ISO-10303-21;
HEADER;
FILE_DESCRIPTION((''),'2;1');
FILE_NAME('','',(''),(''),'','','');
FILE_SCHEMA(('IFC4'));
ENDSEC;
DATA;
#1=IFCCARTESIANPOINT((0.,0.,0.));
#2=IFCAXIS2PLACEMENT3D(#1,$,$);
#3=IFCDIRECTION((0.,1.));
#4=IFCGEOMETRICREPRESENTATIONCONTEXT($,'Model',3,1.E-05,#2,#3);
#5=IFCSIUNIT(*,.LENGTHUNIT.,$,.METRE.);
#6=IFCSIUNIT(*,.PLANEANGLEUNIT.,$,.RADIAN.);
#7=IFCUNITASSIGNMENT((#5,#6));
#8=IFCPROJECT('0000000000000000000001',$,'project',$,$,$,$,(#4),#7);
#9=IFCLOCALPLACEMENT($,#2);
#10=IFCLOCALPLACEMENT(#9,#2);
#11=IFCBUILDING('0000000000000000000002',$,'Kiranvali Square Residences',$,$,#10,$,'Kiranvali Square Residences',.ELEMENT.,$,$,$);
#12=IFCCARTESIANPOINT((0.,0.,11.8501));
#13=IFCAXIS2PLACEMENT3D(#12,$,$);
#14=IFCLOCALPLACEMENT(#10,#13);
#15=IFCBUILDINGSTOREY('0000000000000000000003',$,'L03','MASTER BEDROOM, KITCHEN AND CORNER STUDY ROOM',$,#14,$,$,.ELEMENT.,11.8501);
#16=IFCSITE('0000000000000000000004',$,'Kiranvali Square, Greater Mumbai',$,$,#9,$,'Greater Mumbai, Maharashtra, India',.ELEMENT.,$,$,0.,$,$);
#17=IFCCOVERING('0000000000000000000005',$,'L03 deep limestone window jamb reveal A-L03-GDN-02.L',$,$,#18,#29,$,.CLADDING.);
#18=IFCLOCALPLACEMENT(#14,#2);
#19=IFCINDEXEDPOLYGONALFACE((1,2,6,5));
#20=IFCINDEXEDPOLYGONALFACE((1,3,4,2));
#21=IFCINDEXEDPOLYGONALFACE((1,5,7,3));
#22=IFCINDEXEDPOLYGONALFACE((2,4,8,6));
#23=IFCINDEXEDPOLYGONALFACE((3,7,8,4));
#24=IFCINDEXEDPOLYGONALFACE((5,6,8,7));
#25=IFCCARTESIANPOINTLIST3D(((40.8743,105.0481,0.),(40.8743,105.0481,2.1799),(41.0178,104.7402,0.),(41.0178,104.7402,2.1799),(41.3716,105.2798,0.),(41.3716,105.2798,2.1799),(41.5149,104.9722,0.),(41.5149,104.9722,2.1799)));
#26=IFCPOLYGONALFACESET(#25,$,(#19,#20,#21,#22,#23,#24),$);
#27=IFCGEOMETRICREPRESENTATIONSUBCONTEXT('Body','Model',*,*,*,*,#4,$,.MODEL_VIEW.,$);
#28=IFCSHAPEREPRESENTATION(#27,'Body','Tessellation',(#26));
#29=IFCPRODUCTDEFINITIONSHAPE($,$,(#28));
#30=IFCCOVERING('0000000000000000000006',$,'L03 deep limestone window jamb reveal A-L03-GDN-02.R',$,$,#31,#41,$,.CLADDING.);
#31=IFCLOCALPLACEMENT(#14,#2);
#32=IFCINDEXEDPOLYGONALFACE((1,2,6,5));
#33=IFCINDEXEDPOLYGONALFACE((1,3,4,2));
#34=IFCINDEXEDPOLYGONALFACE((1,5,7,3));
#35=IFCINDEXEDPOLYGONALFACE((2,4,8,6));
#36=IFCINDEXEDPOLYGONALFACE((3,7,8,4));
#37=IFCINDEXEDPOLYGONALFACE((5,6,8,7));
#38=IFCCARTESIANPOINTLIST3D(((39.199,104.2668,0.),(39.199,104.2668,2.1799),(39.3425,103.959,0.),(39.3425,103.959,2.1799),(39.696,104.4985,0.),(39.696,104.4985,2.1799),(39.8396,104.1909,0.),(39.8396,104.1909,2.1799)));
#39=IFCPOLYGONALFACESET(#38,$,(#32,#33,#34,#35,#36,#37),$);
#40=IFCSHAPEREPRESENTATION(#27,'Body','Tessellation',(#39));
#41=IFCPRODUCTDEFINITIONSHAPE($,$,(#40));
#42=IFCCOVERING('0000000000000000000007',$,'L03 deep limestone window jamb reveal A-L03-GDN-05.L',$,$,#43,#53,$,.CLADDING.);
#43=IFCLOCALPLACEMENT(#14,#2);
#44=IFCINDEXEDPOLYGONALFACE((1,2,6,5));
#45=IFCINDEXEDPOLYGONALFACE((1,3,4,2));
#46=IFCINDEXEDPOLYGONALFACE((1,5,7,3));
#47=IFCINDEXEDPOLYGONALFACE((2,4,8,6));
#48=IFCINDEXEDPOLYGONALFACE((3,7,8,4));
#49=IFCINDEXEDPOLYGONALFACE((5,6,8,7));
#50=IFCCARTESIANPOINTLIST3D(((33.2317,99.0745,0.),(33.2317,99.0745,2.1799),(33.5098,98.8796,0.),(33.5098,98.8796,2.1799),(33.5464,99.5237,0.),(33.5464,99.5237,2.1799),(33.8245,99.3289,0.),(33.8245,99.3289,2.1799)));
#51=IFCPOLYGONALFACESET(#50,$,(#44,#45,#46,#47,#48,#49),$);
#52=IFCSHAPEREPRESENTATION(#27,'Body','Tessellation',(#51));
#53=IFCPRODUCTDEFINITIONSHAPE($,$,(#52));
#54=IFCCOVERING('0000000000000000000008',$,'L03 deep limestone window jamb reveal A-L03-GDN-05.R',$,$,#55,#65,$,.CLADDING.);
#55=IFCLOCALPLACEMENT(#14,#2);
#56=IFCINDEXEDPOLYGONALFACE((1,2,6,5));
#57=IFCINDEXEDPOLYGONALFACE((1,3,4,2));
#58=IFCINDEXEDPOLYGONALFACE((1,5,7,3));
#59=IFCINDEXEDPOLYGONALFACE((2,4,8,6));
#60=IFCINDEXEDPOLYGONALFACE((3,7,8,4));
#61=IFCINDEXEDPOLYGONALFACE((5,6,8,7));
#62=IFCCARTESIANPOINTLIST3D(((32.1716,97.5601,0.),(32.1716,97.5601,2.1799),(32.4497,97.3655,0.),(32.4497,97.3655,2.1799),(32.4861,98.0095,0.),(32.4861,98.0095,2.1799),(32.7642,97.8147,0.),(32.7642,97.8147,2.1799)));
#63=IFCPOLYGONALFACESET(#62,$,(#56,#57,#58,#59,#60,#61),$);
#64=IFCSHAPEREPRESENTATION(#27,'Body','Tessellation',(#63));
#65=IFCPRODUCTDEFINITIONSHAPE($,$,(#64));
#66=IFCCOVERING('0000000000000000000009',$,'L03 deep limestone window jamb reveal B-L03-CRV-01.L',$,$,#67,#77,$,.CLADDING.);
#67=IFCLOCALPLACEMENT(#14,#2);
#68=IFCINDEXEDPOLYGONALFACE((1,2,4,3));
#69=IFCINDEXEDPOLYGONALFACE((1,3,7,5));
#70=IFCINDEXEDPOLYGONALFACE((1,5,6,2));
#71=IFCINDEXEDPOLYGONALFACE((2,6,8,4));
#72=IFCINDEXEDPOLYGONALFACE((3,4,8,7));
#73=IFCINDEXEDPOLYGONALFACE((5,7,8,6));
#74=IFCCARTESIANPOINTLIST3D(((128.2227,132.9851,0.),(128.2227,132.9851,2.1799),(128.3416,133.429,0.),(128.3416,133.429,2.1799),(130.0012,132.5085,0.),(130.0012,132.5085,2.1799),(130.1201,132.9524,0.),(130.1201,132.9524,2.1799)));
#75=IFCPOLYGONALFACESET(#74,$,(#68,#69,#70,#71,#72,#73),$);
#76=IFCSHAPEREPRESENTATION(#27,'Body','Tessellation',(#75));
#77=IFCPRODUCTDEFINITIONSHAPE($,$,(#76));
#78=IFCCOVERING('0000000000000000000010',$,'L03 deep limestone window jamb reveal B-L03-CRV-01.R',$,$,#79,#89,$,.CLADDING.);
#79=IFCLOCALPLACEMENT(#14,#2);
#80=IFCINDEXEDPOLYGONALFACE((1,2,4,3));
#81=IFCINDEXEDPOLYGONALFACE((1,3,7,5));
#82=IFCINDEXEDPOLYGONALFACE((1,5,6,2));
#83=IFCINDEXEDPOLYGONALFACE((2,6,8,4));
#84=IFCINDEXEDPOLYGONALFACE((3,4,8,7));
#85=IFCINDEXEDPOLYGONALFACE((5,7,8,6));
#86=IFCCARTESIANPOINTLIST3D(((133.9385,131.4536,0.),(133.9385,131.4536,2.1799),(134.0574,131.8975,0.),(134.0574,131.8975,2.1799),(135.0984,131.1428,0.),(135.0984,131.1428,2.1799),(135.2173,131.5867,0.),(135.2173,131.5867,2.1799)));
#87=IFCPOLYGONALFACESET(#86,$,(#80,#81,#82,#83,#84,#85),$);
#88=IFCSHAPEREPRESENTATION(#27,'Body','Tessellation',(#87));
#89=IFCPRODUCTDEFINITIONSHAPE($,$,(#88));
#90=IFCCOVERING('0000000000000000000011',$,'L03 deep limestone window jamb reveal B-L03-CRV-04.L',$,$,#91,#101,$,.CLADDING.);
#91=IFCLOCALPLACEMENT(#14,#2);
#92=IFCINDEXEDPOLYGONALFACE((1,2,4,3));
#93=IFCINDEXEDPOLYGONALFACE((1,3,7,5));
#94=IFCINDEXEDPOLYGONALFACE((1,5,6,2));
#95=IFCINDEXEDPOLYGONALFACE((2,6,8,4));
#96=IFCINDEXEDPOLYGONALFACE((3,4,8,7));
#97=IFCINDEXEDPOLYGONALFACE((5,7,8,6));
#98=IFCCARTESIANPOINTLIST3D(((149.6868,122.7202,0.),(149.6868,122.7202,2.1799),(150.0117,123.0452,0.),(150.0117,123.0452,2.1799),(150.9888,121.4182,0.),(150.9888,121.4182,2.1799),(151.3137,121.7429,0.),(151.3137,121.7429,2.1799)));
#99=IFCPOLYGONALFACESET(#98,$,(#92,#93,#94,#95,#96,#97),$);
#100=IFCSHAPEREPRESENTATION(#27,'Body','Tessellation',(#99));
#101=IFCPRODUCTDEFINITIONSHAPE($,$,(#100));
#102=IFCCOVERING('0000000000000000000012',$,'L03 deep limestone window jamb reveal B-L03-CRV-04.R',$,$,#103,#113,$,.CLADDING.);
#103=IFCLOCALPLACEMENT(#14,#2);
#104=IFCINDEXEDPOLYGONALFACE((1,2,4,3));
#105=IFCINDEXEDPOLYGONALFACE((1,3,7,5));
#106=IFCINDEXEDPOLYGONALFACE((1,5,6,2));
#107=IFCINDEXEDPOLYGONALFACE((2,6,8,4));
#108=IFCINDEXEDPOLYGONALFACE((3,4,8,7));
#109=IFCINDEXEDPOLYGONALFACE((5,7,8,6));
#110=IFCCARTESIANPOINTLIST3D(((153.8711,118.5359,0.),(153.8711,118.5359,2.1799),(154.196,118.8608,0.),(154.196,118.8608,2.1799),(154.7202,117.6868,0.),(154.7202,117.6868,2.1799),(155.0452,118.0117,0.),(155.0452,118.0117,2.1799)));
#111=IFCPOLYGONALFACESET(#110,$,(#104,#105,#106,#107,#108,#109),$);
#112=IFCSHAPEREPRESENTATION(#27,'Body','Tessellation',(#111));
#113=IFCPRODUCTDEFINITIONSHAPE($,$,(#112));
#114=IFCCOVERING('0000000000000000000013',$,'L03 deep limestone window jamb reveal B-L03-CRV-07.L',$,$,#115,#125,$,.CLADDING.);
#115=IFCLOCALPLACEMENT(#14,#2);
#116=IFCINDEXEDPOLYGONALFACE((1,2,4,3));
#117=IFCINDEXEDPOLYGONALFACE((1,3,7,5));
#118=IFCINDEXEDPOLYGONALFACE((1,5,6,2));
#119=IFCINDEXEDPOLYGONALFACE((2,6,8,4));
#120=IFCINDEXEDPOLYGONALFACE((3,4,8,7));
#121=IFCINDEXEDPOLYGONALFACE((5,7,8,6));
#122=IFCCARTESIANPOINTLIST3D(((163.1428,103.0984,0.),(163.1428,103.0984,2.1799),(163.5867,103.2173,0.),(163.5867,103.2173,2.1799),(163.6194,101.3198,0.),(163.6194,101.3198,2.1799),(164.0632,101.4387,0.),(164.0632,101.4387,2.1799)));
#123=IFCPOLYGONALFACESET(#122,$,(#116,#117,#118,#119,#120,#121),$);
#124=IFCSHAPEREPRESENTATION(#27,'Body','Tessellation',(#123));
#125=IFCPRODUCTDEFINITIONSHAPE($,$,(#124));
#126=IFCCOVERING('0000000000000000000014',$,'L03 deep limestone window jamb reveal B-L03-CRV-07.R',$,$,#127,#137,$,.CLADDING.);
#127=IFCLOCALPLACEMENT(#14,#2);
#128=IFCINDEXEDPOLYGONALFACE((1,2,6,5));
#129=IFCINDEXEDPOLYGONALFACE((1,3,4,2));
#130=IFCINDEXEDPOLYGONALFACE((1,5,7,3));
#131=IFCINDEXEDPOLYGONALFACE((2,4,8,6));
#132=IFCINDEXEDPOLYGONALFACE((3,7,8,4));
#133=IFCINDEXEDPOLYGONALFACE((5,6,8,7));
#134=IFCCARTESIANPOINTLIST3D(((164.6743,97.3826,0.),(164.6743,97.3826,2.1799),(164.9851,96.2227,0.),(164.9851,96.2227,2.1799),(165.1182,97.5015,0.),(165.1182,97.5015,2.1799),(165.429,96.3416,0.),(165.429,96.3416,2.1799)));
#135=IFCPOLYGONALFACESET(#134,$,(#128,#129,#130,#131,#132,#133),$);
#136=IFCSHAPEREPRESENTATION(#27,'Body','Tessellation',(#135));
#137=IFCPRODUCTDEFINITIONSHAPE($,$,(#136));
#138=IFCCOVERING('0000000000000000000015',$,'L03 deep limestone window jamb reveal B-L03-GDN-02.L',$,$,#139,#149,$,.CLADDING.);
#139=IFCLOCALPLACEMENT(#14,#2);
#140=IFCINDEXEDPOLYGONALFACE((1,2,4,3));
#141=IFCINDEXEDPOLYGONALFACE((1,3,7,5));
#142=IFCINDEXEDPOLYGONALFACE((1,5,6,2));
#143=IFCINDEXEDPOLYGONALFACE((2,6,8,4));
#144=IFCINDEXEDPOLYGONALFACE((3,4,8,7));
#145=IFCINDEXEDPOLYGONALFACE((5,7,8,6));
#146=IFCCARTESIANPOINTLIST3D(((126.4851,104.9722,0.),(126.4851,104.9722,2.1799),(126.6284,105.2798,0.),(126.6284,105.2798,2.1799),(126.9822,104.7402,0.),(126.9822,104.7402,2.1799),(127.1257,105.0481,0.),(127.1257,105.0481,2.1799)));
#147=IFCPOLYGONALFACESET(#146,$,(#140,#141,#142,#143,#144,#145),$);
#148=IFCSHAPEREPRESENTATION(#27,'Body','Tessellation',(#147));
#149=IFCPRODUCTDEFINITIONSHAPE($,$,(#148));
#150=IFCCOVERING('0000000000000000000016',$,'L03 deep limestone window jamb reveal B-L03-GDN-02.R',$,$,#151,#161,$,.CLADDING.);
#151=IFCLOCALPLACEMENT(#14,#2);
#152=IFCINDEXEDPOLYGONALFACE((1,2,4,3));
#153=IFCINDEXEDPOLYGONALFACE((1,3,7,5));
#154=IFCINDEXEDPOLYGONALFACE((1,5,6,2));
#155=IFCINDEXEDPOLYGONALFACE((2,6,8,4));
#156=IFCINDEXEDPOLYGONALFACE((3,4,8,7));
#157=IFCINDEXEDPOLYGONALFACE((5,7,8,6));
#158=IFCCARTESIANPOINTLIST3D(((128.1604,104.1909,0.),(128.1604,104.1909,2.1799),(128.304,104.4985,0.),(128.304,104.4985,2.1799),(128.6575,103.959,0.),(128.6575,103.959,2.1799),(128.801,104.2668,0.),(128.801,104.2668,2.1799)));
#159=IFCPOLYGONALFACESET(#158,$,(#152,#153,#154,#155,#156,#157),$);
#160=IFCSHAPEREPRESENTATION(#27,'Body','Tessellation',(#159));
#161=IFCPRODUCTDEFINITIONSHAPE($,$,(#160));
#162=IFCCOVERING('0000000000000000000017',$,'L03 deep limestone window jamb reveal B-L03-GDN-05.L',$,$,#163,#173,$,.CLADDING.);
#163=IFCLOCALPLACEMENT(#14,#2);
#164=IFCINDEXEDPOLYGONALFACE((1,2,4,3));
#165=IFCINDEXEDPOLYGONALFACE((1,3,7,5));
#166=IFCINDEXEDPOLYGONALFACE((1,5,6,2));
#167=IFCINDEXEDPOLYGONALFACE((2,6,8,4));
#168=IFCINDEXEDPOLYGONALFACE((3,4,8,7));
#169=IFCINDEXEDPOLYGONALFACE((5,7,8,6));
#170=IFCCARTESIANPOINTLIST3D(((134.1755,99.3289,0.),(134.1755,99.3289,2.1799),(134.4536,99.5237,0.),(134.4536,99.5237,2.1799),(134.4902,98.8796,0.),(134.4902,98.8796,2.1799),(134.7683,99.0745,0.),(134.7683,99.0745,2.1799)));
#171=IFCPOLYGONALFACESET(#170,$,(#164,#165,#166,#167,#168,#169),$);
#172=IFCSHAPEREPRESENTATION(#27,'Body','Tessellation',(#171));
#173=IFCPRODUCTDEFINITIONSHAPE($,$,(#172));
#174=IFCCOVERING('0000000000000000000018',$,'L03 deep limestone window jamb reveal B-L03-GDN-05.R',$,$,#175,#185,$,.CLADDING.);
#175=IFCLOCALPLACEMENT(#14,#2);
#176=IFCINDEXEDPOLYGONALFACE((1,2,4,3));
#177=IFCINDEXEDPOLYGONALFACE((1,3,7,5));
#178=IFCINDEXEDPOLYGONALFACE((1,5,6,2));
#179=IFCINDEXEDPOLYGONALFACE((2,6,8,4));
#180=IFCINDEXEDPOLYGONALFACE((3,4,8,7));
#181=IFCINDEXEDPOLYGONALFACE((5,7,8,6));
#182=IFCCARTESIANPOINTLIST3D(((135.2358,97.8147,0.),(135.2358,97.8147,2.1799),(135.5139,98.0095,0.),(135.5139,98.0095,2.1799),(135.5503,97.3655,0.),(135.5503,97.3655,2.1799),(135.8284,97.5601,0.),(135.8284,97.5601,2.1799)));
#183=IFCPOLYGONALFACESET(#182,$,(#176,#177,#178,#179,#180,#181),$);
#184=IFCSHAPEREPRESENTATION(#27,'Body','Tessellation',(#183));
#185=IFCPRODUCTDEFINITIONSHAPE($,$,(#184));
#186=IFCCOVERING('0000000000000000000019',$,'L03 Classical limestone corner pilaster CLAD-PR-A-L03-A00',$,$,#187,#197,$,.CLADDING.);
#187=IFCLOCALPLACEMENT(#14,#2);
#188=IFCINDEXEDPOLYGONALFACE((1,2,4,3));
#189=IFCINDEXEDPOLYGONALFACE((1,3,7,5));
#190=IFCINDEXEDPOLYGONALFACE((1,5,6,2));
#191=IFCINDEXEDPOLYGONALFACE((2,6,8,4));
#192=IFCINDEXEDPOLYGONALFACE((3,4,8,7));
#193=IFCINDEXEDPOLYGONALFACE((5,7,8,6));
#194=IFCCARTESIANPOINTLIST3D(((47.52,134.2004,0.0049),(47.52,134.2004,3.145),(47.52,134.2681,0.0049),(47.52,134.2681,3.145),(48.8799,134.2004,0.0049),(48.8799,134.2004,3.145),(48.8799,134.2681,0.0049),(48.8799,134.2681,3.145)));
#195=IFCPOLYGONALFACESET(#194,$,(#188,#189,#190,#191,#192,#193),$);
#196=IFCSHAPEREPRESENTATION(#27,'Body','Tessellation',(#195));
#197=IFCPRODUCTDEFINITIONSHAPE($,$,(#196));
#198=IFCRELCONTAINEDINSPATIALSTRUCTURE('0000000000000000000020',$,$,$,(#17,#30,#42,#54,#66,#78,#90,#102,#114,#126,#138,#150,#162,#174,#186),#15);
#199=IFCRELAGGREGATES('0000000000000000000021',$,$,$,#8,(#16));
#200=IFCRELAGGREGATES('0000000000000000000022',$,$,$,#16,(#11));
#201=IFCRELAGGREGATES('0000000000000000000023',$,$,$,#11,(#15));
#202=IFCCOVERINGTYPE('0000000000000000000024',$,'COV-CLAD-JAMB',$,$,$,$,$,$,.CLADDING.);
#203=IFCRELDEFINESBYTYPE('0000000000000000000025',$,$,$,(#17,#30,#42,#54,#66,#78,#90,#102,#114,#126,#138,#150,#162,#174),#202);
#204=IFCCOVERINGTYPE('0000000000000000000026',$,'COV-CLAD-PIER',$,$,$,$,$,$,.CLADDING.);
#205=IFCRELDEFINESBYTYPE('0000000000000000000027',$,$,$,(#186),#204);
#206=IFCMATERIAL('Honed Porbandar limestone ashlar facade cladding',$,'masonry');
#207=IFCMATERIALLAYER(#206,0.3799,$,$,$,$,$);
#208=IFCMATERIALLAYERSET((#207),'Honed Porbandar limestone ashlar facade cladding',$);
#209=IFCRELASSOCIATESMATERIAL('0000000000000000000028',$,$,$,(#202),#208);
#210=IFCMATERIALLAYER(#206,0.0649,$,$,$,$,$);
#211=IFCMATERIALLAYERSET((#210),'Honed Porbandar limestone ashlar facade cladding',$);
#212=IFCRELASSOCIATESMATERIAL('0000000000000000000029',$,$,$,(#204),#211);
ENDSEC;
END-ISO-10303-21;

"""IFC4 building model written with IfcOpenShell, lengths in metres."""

from ifc_helpers import new_model, si_unit, direction, frame, origin, place, context, subcontext, project, spatial, polyline, outline, extrude, material, layer, layer_set, type_object, element, save


model = new_model("IFC4")

# Units and contexts
model_context = context("Model", 3, precision=1e-05, world=origin(), true_north=direction((0.0, 1.0)))
body_context = subcontext(model_context, "Body", "Model", "MODEL_VIEW")
ifc_project = project(units=[si_unit("LENGTHUNIT", "METRE"), si_unit("PLANEANGLEUNIT", "RADIAN")], contexts=[model_context])

# Site, building, storey
site_placement = place(None, origin())
site = spatial("IfcSite", under=ifc_project, at=site_placement, Name="Kiranvali Square, Greater Mumbai", LongName="Greater Mumbai, Maharashtra, India", CompositionType="ELEMENT", RefElevation=0.0)
building_placement = place(site_placement, origin())
building = spatial("IfcBuilding", under=site, at=building_placement, Name="Kiranvali Square Residences", LongName="Kiranvali Square Residences", CompositionType="ELEMENT")
storey_placement = place(building_placement, frame((0.0, 0.0, 11.8501)))
storey = spatial("IfcBuildingStorey", under=building, at=storey_placement, Name="L03", Description="MASTER BEDROOM, KITCHEN AND CORNER STUDY ROOM", CompositionType="ELEMENT", Elevation=11.8501)

# Coverings
ifc_material_1 = material(Name="Honed Porbandar limestone ashlar facade cladding", Category="masonry")
ifc_layer_1 = layer(ifc_material_1, 0.3799)
ifc_layer_set_1 = layer_set([ifc_layer_1], Name="Honed Porbandar limestone ashlar facade cladding")
covering_type_1 = type_object("IfcCoveringType", Name="COV-CLAD-JAMB", PredefinedType="CLADDING", material=ifc_layer_set_1)
covering_1_placement = place(storey_placement, origin())
element("IfcCovering", 1, at=covering_1_placement, inside=storey, type_object=covering_type_1, Name="L03 deep limestone window jamb reveal A-L03-GDN-02.L", PredefinedType="CLADDING", context=body_context, shape_type="SweptSolid", body=[
    extrude(outline(polyline([(41.3716, 105.2798), (40.8743, 105.0481), (41.0178, 104.7402), (41.5149, 104.9722), (41.3716, 105.2798)])), origin(), (0.0, 0.0, 1.0), 2.1799),
])
covering_2_placement = place(storey_placement, origin())
element("IfcCovering", 2, at=covering_2_placement, inside=storey, type_object=covering_type_1, Name="L03 deep limestone window jamb reveal A-L03-GDN-02.R", PredefinedType="CLADDING", context=body_context, shape_type="SweptSolid", body=[
    extrude(outline(polyline([(39.696, 104.4985), (39.199, 104.2668), (39.3425, 103.959), (39.8396, 104.1909), (39.696, 104.4985)])), origin(), (0.0, 0.0, 1.0), 2.1799),
])
covering_3_placement = place(storey_placement, origin())
element("IfcCovering", 3, at=covering_3_placement, inside=storey, type_object=covering_type_1, Name="L03 deep limestone window jamb reveal A-L03-GDN-05.L", PredefinedType="CLADDING", context=body_context, shape_type="SweptSolid", body=[
    extrude(outline(polyline([(33.5464, 99.5237), (33.2317, 99.0745), (33.5098, 98.8796), (33.8245, 99.3289), (33.5464, 99.5237)])), origin(), (0.0, 0.0, 1.0), 2.1799),
])
covering_4_placement = place(storey_placement, origin())
element("IfcCovering", 4, at=covering_4_placement, inside=storey, type_object=covering_type_1, Name="L03 deep limestone window jamb reveal A-L03-GDN-05.R", PredefinedType="CLADDING", context=body_context, shape_type="SweptSolid", body=[
    extrude(outline(polyline([(32.4861, 98.0095), (32.1716, 97.5601), (32.4497, 97.3655), (32.7642, 97.8147), (32.4861, 98.0095)])), origin(), (0.0, 0.0, 1.0), 2.1799),
])
covering_5_placement = place(storey_placement, origin())
element("IfcCovering", 5, at=covering_5_placement, inside=storey, type_object=covering_type_1, Name="L03 deep limestone window jamb reveal B-L03-CRV-01.L", PredefinedType="CLADDING", context=body_context, shape_type="SweptSolid", body=[
    extrude(outline(polyline([(128.2227, 132.9851), (130.0012, 132.5085), (130.1201, 132.9524), (128.3416, 133.429), (128.2227, 132.9851)])), origin(), (0.0, 0.0, 1.0), 2.1799),
])
covering_6_placement = place(storey_placement, origin())
element("IfcCovering", 6, at=covering_6_placement, inside=storey, type_object=covering_type_1, Name="L03 deep limestone window jamb reveal B-L03-CRV-01.R", PredefinedType="CLADDING", context=body_context, shape_type="SweptSolid", body=[
    extrude(outline(polyline([(133.9385, 131.4536), (135.0984, 131.1428), (135.2173, 131.5867), (134.0574, 131.8975), (133.9385, 131.4536)])), origin(), (0.0, 0.0, 1.0), 2.1799),
])
covering_7_placement = place(storey_placement, origin())
element("IfcCovering", 7, at=covering_7_placement, inside=storey, type_object=covering_type_1, Name="L03 deep limestone window jamb reveal B-L03-CRV-04.L", PredefinedType="CLADDING", context=body_context, shape_type="SweptSolid", body=[
    extrude(outline(polyline([(149.6868, 122.7202), (150.9888, 121.4182), (151.3137, 121.7429), (150.0117, 123.0452), (149.6868, 122.7202)])), origin(), (0.0, 0.0, 1.0), 2.1799),
])
covering_8_placement = place(storey_placement, origin())
element("IfcCovering", 8, at=covering_8_placement, inside=storey, type_object=covering_type_1, Name="L03 deep limestone window jamb reveal B-L03-CRV-04.R", PredefinedType="CLADDING", context=body_context, shape_type="SweptSolid", body=[
    extrude(outline(polyline([(153.8711, 118.5359), (154.7202, 117.6868), (155.0452, 118.0117), (154.196, 118.8608), (153.8711, 118.5359)])), origin(), (0.0, 0.0, 1.0), 2.1799),
])
covering_9_placement = place(storey_placement, origin())
element("IfcCovering", 9, at=covering_9_placement, inside=storey, type_object=covering_type_1, Name="L03 deep limestone window jamb reveal B-L03-CRV-07.L", PredefinedType="CLADDING", context=body_context, shape_type="SweptSolid", body=[
    extrude(outline(polyline([(163.1428, 103.0984), (163.6194, 101.3198), (164.0632, 101.4387), (163.5867, 103.2173), (163.1428, 103.0984)])), origin(), (0.0, 0.0, 1.0), 2.1799),
])
covering_10_placement = place(storey_placement, origin())
element("IfcCovering", 10, at=covering_10_placement, inside=storey, type_object=covering_type_1, Name="L03 deep limestone window jamb reveal B-L03-CRV-07.R", PredefinedType="CLADDING", context=body_context, shape_type="SweptSolid", body=[
    extrude(outline(polyline([(164.6743, 97.3826), (164.9851, 96.2227), (165.429, 96.3416), (165.1182, 97.5015), (164.6743, 97.3826)])), origin(), (0.0, 0.0, 1.0), 2.1799),
])
covering_11_placement = place(storey_placement, origin())
element("IfcCovering", 11, at=covering_11_placement, inside=storey, type_object=covering_type_1, Name="L03 deep limestone window jamb reveal B-L03-GDN-02.L", PredefinedType="CLADDING", context=body_context, shape_type="SweptSolid", body=[
    extrude(outline(polyline([(126.4851, 104.9722), (126.9822, 104.7402), (127.1257, 105.0481), (126.6284, 105.2798), (126.4851, 104.9722)])), origin(), (0.0, 0.0, 1.0), 2.1799),
])
covering_12_placement = place(storey_placement, origin())
element("IfcCovering", 12, at=covering_12_placement, inside=storey, type_object=covering_type_1, Name="L03 deep limestone window jamb reveal B-L03-GDN-02.R", PredefinedType="CLADDING", context=body_context, shape_type="SweptSolid", body=[
    extrude(outline(polyline([(128.1604, 104.1909), (128.6575, 103.959), (128.801, 104.2668), (128.304, 104.4985), (128.1604, 104.1909)])), origin(), (0.0, 0.0, 1.0), 2.1799),
])
covering_13_placement = place(storey_placement, origin())
element("IfcCovering", 13, at=covering_13_placement, inside=storey, type_object=covering_type_1, Name="L03 deep limestone window jamb reveal B-L03-GDN-05.L", PredefinedType="CLADDING", context=body_context, shape_type="SweptSolid", body=[
    extrude(outline(polyline([(134.1755, 99.3289), (134.4902, 98.8796), (134.7683, 99.0745), (134.4536, 99.5237), (134.1755, 99.3289)])), origin(), (0.0, 0.0, 1.0), 2.1799),
])
covering_14_placement = place(storey_placement, origin())
element("IfcCovering", 14, at=covering_14_placement, inside=storey, type_object=covering_type_1, Name="L03 deep limestone window jamb reveal B-L03-GDN-05.R", PredefinedType="CLADDING", context=body_context, shape_type="SweptSolid", body=[
    extrude(outline(polyline([(135.2358, 97.8147), (135.5503, 97.3655), (135.8284, 97.5601), (135.5139, 98.0095), (135.2358, 97.8147)])), origin(), (0.0, 0.0, 1.0), 2.1799),
])
ifc_layer_2 = layer(ifc_material_1, 0.0649)
ifc_layer_set_2 = layer_set([ifc_layer_2], Name="Honed Porbandar limestone ashlar facade cladding")
covering_type_2 = type_object("IfcCoveringType", Name="COV-CLAD-PIER", PredefinedType="CLADDING", material=ifc_layer_set_2)
covering_15_placement = place(storey_placement, frame((0.0, 0.0, 0.0049)))
element("IfcCovering", 15, at=covering_15_placement, inside=storey, type_object=covering_type_2, Name="L03 Classical limestone corner pilaster CLAD-PR-A-L03-A00", PredefinedType="CLADDING", context=body_context, shape_type="SweptSolid", body=[
    extrude(outline(polyline([(48.8799, 134.2681), (47.52, 134.2681), (47.52, 134.2004), (48.8799, 134.2004), (48.8799, 134.2681)])), origin(), (0.0, 0.0, 1.0), 3.1401),
])

save(model, "model.ifc")
